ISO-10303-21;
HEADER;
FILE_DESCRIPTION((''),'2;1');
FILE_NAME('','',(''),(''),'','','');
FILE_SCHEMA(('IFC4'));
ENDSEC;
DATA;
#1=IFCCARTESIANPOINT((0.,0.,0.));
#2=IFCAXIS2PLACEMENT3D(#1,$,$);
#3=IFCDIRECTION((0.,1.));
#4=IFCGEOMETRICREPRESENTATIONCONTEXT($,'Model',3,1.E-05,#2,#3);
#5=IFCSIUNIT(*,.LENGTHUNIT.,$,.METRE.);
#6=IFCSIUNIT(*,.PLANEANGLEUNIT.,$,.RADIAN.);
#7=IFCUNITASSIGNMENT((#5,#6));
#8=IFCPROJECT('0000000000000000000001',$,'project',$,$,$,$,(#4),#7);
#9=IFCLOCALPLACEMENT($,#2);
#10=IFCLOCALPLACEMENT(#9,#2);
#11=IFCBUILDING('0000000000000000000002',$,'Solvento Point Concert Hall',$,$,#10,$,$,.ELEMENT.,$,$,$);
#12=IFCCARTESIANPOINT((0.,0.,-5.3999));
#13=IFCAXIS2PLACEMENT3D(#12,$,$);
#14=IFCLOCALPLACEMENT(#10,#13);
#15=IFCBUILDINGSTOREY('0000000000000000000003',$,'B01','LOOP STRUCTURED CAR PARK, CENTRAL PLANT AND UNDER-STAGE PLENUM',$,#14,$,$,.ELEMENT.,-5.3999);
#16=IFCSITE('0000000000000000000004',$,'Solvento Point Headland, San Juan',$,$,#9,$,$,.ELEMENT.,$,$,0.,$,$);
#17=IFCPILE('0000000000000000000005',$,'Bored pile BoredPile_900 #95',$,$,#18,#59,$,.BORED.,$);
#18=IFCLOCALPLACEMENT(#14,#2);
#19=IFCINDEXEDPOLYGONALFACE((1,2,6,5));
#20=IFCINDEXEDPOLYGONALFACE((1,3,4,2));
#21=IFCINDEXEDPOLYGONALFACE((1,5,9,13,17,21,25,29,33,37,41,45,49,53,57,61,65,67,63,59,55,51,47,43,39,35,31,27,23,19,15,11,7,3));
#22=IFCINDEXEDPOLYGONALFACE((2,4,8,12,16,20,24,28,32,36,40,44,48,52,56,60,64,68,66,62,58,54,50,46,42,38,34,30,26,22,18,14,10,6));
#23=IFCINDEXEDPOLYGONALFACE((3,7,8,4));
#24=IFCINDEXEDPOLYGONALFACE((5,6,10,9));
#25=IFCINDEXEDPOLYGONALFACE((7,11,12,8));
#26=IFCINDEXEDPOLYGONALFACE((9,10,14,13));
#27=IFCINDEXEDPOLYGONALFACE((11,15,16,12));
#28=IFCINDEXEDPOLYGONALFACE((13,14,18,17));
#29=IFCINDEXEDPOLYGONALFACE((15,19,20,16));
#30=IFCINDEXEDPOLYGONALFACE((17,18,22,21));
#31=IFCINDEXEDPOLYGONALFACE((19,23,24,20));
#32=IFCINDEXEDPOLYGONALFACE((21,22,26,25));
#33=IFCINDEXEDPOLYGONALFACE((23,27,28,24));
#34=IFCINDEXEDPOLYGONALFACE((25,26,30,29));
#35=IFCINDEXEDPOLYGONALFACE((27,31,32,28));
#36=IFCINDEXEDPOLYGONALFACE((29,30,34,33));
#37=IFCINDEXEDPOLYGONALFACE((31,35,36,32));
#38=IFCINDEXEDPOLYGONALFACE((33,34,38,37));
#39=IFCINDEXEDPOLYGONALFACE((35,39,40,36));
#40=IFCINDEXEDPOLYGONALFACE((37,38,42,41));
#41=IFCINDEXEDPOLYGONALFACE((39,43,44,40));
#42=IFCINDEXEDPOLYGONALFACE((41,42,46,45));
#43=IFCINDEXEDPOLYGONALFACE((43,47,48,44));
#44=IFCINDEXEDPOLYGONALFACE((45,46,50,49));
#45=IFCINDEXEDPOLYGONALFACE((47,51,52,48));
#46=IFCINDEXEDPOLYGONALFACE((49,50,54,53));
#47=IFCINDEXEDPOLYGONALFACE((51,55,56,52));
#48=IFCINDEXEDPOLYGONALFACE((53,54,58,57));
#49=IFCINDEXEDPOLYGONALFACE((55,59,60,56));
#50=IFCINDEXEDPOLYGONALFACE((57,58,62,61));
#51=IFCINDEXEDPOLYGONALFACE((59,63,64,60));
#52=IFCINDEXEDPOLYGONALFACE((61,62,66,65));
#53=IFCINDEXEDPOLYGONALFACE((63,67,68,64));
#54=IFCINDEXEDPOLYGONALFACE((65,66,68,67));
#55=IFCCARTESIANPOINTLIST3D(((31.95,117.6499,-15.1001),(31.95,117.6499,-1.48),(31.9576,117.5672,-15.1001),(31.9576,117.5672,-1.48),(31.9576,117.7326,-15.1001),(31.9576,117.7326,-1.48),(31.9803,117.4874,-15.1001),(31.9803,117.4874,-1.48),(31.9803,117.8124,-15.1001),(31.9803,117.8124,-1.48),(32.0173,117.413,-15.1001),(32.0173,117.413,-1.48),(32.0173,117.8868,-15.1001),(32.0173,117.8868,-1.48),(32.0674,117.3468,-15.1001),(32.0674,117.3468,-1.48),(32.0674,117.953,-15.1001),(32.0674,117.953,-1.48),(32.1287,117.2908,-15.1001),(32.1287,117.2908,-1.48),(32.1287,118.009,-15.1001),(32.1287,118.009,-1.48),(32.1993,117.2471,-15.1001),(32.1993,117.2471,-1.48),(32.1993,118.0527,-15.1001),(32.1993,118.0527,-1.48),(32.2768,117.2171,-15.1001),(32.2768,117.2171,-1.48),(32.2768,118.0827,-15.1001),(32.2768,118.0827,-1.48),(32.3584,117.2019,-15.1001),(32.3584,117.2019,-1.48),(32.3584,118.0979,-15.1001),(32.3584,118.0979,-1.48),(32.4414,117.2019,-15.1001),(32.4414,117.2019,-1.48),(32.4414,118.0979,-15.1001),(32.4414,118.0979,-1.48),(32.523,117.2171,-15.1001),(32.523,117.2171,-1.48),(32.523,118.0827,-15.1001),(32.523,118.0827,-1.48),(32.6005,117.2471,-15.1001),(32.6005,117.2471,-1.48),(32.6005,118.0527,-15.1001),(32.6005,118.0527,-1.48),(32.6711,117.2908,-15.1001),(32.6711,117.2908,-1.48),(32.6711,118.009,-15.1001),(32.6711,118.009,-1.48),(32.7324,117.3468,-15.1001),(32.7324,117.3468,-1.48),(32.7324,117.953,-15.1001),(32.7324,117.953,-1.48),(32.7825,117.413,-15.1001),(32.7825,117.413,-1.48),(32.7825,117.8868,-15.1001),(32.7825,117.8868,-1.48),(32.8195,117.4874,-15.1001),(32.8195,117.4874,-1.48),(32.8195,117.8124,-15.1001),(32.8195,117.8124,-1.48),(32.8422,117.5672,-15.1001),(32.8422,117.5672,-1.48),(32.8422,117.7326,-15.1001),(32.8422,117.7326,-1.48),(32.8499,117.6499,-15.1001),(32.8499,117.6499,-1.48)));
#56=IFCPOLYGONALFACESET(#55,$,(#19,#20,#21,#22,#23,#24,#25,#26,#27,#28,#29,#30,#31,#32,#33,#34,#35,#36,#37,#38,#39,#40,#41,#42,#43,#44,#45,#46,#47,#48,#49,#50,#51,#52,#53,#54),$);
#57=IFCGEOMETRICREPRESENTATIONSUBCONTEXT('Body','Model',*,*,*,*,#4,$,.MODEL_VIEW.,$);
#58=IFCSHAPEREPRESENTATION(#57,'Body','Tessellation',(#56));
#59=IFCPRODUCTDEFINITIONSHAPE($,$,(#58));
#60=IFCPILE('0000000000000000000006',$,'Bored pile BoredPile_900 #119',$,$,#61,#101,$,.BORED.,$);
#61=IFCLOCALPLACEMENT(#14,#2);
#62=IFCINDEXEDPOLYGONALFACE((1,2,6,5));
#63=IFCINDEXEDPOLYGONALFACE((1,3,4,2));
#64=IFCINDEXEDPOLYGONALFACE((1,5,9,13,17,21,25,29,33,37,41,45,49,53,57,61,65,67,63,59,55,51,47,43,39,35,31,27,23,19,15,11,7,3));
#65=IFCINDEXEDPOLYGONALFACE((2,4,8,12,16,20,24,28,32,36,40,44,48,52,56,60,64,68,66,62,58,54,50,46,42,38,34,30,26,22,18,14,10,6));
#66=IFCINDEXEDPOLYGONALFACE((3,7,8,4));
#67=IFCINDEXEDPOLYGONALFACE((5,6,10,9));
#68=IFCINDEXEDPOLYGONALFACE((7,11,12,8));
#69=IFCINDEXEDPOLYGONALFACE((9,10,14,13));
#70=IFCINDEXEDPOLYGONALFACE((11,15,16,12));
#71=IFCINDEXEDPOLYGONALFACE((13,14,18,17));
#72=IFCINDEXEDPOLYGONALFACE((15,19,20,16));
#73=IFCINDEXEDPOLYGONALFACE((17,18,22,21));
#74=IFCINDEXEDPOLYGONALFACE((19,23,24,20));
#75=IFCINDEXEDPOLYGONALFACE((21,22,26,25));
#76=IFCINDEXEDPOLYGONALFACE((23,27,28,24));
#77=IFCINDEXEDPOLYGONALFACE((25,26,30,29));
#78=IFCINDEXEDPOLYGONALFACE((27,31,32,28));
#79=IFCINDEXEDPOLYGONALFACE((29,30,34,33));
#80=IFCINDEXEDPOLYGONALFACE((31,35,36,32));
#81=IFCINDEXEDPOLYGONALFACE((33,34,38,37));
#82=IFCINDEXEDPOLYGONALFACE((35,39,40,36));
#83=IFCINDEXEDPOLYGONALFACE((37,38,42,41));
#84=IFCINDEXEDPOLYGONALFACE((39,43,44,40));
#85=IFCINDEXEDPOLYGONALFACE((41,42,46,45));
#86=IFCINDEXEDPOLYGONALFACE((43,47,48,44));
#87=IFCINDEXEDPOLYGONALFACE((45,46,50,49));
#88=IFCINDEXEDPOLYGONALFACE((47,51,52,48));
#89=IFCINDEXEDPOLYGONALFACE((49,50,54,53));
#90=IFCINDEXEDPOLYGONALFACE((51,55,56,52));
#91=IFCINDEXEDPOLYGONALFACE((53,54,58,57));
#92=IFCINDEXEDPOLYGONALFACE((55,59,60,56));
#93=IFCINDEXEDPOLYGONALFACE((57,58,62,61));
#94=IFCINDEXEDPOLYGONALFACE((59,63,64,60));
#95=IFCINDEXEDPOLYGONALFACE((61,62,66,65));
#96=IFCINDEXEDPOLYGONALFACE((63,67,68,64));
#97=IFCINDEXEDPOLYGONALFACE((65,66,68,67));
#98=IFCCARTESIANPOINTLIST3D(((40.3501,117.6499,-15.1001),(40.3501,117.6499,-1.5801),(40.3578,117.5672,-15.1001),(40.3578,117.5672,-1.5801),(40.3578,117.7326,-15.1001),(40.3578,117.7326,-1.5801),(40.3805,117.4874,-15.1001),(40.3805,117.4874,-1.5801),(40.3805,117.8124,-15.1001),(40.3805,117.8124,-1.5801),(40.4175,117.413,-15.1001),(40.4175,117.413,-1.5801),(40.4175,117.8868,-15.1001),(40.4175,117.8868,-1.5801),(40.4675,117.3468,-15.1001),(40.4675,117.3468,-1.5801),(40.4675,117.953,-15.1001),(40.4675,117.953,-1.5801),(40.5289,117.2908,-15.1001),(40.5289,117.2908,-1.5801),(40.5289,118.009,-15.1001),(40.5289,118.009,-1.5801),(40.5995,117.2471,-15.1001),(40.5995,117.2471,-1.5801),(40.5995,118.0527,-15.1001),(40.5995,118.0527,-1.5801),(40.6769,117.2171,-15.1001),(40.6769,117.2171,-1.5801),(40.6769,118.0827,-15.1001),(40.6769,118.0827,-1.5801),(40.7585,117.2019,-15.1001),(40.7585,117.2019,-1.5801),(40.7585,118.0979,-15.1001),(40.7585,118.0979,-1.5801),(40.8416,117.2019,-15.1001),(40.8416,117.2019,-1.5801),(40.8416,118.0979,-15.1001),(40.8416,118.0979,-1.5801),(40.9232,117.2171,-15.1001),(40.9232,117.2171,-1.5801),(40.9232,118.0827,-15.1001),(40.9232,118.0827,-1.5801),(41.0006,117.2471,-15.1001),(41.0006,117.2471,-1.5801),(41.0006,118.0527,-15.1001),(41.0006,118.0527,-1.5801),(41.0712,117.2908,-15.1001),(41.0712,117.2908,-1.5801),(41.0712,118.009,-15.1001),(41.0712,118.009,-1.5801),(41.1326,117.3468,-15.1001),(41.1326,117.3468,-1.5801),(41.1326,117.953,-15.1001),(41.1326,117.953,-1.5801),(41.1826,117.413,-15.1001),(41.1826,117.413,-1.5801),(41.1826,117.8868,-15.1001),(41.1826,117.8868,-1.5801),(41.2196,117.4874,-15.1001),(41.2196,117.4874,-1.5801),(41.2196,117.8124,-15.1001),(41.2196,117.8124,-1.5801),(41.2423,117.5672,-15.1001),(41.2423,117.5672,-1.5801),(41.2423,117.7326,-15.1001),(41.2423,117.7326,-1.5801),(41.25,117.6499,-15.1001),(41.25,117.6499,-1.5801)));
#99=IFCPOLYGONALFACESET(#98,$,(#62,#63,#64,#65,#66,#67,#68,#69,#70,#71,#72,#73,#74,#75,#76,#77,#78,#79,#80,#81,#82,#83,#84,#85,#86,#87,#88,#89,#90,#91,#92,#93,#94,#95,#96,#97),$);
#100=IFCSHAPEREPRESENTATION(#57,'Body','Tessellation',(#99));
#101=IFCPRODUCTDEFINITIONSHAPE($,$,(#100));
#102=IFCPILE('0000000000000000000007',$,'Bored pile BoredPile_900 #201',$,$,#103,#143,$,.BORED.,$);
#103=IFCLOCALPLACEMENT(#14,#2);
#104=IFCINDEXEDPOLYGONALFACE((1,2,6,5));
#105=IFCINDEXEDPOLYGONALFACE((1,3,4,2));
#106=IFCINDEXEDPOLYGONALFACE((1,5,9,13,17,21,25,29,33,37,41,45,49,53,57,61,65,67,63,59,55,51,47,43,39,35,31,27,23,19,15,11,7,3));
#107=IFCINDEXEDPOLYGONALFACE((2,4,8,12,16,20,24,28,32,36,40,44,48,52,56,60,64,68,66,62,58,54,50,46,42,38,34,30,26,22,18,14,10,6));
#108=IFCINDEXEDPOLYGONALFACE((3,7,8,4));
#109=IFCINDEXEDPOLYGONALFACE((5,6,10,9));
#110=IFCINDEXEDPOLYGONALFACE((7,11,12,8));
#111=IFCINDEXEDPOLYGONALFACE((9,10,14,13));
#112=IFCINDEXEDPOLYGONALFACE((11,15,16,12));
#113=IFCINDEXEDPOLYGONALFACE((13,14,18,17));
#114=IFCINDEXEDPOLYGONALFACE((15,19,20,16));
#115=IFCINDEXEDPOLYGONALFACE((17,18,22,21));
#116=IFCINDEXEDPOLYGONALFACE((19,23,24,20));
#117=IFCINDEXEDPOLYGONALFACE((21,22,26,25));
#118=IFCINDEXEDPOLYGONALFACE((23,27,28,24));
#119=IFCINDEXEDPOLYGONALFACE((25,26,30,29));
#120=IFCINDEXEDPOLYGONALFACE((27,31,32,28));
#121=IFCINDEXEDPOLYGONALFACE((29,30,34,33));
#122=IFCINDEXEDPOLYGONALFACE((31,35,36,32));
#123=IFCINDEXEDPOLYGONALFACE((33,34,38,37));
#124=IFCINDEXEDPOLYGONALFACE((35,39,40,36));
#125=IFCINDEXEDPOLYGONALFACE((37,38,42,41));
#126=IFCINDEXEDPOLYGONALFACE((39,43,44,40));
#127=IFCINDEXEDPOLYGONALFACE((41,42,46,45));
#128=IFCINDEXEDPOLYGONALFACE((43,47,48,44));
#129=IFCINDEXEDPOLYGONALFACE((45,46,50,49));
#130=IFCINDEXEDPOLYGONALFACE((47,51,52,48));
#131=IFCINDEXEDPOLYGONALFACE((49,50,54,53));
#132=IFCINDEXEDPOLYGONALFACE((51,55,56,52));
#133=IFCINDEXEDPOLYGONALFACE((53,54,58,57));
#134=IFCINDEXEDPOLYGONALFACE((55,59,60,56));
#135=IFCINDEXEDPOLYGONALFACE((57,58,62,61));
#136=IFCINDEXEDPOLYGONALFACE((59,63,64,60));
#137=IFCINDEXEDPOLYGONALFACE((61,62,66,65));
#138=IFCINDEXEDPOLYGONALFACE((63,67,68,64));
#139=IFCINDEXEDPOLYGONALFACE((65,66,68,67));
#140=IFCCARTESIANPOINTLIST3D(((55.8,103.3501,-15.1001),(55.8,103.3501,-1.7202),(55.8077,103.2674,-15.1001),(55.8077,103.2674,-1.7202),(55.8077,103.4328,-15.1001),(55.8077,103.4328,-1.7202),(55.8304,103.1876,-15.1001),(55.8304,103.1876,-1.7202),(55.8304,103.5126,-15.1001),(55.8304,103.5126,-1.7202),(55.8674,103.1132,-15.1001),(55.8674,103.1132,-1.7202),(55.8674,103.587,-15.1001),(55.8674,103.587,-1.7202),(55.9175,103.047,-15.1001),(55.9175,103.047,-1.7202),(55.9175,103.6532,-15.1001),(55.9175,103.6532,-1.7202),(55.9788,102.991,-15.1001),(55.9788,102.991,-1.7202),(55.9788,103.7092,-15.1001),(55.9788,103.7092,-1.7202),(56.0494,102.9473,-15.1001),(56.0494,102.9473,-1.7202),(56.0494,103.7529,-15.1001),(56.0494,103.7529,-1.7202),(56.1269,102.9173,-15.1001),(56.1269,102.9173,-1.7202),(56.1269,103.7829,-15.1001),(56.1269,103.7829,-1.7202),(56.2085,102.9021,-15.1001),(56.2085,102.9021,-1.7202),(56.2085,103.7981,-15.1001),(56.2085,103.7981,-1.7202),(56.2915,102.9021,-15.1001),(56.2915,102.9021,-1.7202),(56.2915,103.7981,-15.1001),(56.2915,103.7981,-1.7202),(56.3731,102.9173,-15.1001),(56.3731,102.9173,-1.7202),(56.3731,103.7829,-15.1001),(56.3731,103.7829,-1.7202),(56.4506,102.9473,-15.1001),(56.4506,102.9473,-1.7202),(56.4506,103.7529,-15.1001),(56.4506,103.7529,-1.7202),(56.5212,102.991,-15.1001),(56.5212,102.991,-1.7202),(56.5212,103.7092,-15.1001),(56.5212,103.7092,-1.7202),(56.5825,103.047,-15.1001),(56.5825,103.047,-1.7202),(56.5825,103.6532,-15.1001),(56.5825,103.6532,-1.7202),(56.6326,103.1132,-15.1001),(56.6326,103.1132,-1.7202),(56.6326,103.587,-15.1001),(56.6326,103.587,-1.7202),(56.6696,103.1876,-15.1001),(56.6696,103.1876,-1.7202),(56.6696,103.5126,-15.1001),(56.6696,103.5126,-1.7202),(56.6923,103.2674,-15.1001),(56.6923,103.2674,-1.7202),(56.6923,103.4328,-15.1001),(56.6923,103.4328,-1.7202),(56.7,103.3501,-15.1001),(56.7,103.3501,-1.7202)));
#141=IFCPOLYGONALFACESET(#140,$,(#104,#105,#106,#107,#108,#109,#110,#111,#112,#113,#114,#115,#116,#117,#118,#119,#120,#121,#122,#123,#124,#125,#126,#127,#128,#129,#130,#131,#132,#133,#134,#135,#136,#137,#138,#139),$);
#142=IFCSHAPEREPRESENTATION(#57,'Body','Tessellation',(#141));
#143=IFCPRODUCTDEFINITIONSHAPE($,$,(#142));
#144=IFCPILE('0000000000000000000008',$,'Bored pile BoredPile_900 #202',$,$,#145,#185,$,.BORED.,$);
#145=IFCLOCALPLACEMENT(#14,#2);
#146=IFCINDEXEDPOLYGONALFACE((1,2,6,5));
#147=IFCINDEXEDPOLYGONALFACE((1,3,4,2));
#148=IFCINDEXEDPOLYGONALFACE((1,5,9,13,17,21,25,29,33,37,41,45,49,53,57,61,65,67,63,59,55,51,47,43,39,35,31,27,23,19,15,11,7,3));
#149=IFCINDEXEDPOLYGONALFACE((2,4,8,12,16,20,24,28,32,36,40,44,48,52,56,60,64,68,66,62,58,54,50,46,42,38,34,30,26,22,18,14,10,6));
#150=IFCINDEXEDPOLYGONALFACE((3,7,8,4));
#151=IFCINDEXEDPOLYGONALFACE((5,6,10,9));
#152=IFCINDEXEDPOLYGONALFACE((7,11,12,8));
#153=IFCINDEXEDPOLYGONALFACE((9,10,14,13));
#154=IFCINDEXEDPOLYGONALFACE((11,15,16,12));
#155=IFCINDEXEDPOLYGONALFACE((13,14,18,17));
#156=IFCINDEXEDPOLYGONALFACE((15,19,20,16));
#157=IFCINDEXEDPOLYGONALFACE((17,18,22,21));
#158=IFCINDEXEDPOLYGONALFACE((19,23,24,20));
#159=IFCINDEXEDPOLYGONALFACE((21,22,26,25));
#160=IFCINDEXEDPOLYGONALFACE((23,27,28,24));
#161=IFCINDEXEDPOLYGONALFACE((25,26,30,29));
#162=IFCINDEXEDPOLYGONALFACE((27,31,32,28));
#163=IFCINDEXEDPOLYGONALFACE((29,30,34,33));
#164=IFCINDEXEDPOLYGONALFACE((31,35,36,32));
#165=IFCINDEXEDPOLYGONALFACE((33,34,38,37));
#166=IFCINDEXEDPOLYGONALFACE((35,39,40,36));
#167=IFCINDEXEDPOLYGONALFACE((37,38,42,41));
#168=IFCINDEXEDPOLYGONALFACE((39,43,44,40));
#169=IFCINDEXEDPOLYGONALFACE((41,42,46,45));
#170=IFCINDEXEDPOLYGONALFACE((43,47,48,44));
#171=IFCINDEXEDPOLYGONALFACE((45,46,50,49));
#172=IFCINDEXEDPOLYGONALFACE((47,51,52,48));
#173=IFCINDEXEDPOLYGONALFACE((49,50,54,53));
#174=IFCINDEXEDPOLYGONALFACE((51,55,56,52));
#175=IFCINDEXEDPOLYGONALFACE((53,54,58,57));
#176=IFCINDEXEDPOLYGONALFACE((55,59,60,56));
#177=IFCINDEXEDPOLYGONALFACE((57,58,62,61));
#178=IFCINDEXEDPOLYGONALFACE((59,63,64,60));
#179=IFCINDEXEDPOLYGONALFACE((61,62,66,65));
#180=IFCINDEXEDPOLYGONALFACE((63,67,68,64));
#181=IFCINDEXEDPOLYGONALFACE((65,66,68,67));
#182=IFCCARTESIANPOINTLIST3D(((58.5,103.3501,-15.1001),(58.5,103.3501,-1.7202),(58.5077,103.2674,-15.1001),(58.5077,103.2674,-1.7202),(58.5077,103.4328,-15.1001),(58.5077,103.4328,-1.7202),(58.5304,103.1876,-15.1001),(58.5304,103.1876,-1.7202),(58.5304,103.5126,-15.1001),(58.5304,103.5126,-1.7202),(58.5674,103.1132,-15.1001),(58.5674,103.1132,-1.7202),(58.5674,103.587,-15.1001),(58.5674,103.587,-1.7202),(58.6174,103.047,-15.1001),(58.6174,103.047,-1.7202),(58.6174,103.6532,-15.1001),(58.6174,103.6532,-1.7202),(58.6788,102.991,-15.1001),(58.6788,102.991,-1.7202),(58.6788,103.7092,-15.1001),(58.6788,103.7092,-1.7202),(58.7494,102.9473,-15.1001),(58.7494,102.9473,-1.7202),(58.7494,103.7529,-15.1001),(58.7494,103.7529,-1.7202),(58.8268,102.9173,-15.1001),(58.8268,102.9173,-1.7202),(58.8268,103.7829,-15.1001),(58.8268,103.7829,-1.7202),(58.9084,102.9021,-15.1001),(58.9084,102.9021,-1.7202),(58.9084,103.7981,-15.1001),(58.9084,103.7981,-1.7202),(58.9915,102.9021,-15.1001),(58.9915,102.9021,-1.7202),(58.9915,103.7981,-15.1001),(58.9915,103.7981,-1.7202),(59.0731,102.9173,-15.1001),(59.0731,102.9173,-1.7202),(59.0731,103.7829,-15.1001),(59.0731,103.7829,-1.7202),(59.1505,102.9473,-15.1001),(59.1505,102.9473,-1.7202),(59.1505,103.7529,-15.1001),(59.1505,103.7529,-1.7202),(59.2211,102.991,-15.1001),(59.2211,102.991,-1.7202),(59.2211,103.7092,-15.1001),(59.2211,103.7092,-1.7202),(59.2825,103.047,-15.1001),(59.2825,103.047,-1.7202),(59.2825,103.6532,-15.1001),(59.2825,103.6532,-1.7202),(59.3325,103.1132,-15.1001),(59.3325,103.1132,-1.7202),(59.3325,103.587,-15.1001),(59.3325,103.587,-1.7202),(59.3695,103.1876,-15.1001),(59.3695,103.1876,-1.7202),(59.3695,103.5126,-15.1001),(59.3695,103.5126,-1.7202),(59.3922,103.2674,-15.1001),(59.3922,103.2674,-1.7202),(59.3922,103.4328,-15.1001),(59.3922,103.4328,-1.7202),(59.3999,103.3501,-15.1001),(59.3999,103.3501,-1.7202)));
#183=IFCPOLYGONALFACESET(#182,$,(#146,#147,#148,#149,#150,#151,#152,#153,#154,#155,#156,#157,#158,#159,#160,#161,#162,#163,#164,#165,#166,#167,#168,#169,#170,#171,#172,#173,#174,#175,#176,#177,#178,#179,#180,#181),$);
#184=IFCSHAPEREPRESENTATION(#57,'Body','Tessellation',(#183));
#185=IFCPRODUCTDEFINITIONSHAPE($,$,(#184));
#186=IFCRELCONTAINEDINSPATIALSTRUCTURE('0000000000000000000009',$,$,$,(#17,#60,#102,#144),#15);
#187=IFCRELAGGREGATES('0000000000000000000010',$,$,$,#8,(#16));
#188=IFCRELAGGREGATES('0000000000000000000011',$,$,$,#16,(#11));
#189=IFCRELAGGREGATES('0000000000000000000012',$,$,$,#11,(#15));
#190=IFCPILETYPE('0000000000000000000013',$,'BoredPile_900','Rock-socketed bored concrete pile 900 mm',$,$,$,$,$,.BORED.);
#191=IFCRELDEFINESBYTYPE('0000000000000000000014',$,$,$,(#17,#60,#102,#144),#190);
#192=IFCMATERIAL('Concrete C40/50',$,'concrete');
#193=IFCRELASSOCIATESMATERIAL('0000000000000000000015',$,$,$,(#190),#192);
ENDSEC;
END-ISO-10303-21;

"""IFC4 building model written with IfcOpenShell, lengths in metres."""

from ifc_helpers import new_model, si_unit, direction, frame, origin, origin_2d, place, context, subcontext, project, spatial, circle, extrude, material, material_profile, profile_set, type_object, element, save


model = new_model("IFC4")

# Units and contexts
model_context = context("Model", 3, precision=1e-05, world=origin(), true_north=direction((0.0, 1.0)))
body_context = subcontext(model_context, "Body", "Model", "MODEL_VIEW")
ifc_project = project(units=[si_unit("LENGTHUNIT", "METRE"), si_unit("PLANEANGLEUNIT", "RADIAN")], contexts=[model_context])

# Site, building, storey
site_placement = place(None, origin())
site = spatial("IfcSite", under=ifc_project, at=site_placement, Name="Solvento Point Headland, San Juan", CompositionType="ELEMENT", RefElevation=0.0)
building_placement = place(site_placement, origin())
building = spatial("IfcBuilding", under=site, at=building_placement, Name="Solvento Point Concert Hall", CompositionType="ELEMENT")
storey_placement = place(building_placement, frame((0.0, 0.0, -5.3999)))
storey = spatial("IfcBuildingStorey", under=building, at=storey_placement, Name="B01", Description="LOOP STRUCTURED CAR PARK, CENTRAL PLANT AND UNDER-STAGE PLENUM", CompositionType="ELEMENT", Elevation=-5.3999)

# Piles
ifc_material_1 = material(Name="Concrete C40/50", Category="concrete")
ifc_material_profile_1 = material_profile(ifc_material_1, circle(Radius=0.45, at=origin_2d()), Name="BP-900")
ifc_profile_set_1 = profile_set([ifc_material_profile_1], Name="Concrete C40/50")
pile_type_1 = type_object("IfcPileType", Name="BoredPile_900", Description="Rock-socketed bored concrete pile 900 mm", PredefinedType="BORED", material=ifc_profile_set_1)
pile_1_placement = place(storey_placement, frame((32.3999, 117.6499, -1.48), z_axis=(0.0, 0.0, -1.0), x_axis=(1.0, 0.0, 0.0)))
element("IfcPile", 1, at=pile_1_placement, inside=storey, type_object=pile_type_1, Name="Bored pile BoredPile_900 #95", PredefinedType="BORED", context=body_context, shape_type="SweptSolid", body=[
    extrude(circle(Radius=0.45, at=origin_2d()), origin(), (0.0, 0.0, 1.0), 13.6201),
])
pile_2_placement = place(storey_placement, frame((40.8, 117.6499, -1.5801), z_axis=(0.0, 0.0, -1.0), x_axis=(1.0, 0.0, 0.0)))
element("IfcPile", 2, at=pile_2_placement, inside=storey, type_object=pile_type_1, Name="Bored pile BoredPile_900 #119", PredefinedType="BORED", context=body_context, shape_type="SweptSolid", body=[
    extrude(circle(Radius=0.45, at=origin_2d()), origin(), (0.0, 0.0, 1.0), 13.52),
])
for number, where, z_axis, x_axis, name in (
    (3, (56.25, 103.3501, -1.7202), (0.0, 0.0, -1.0), (1.0, 0.0, 0.0), "Bored pile BoredPile_900 #201"),
    (4, (58.95, 103.3501, -1.7202), (0.0, 0.0, -1.0), (1.0, 0.0, 0.0), "Bored pile BoredPile_900 #202"),
):
    element("IfcPile", number, at=place(storey_placement, frame(where, z_axis=z_axis, x_axis=x_axis)), inside=storey, type_object=pile_type_1, Name=name, PredefinedType="BORED", context=body_context, shape_type="SweptSolid", body=[
        extrude(circle(Radius=0.45, at=origin_2d()), origin(), (0.0, 0.0, 1.0), 13.3799),
    ])

save(model, "model.ifc")
